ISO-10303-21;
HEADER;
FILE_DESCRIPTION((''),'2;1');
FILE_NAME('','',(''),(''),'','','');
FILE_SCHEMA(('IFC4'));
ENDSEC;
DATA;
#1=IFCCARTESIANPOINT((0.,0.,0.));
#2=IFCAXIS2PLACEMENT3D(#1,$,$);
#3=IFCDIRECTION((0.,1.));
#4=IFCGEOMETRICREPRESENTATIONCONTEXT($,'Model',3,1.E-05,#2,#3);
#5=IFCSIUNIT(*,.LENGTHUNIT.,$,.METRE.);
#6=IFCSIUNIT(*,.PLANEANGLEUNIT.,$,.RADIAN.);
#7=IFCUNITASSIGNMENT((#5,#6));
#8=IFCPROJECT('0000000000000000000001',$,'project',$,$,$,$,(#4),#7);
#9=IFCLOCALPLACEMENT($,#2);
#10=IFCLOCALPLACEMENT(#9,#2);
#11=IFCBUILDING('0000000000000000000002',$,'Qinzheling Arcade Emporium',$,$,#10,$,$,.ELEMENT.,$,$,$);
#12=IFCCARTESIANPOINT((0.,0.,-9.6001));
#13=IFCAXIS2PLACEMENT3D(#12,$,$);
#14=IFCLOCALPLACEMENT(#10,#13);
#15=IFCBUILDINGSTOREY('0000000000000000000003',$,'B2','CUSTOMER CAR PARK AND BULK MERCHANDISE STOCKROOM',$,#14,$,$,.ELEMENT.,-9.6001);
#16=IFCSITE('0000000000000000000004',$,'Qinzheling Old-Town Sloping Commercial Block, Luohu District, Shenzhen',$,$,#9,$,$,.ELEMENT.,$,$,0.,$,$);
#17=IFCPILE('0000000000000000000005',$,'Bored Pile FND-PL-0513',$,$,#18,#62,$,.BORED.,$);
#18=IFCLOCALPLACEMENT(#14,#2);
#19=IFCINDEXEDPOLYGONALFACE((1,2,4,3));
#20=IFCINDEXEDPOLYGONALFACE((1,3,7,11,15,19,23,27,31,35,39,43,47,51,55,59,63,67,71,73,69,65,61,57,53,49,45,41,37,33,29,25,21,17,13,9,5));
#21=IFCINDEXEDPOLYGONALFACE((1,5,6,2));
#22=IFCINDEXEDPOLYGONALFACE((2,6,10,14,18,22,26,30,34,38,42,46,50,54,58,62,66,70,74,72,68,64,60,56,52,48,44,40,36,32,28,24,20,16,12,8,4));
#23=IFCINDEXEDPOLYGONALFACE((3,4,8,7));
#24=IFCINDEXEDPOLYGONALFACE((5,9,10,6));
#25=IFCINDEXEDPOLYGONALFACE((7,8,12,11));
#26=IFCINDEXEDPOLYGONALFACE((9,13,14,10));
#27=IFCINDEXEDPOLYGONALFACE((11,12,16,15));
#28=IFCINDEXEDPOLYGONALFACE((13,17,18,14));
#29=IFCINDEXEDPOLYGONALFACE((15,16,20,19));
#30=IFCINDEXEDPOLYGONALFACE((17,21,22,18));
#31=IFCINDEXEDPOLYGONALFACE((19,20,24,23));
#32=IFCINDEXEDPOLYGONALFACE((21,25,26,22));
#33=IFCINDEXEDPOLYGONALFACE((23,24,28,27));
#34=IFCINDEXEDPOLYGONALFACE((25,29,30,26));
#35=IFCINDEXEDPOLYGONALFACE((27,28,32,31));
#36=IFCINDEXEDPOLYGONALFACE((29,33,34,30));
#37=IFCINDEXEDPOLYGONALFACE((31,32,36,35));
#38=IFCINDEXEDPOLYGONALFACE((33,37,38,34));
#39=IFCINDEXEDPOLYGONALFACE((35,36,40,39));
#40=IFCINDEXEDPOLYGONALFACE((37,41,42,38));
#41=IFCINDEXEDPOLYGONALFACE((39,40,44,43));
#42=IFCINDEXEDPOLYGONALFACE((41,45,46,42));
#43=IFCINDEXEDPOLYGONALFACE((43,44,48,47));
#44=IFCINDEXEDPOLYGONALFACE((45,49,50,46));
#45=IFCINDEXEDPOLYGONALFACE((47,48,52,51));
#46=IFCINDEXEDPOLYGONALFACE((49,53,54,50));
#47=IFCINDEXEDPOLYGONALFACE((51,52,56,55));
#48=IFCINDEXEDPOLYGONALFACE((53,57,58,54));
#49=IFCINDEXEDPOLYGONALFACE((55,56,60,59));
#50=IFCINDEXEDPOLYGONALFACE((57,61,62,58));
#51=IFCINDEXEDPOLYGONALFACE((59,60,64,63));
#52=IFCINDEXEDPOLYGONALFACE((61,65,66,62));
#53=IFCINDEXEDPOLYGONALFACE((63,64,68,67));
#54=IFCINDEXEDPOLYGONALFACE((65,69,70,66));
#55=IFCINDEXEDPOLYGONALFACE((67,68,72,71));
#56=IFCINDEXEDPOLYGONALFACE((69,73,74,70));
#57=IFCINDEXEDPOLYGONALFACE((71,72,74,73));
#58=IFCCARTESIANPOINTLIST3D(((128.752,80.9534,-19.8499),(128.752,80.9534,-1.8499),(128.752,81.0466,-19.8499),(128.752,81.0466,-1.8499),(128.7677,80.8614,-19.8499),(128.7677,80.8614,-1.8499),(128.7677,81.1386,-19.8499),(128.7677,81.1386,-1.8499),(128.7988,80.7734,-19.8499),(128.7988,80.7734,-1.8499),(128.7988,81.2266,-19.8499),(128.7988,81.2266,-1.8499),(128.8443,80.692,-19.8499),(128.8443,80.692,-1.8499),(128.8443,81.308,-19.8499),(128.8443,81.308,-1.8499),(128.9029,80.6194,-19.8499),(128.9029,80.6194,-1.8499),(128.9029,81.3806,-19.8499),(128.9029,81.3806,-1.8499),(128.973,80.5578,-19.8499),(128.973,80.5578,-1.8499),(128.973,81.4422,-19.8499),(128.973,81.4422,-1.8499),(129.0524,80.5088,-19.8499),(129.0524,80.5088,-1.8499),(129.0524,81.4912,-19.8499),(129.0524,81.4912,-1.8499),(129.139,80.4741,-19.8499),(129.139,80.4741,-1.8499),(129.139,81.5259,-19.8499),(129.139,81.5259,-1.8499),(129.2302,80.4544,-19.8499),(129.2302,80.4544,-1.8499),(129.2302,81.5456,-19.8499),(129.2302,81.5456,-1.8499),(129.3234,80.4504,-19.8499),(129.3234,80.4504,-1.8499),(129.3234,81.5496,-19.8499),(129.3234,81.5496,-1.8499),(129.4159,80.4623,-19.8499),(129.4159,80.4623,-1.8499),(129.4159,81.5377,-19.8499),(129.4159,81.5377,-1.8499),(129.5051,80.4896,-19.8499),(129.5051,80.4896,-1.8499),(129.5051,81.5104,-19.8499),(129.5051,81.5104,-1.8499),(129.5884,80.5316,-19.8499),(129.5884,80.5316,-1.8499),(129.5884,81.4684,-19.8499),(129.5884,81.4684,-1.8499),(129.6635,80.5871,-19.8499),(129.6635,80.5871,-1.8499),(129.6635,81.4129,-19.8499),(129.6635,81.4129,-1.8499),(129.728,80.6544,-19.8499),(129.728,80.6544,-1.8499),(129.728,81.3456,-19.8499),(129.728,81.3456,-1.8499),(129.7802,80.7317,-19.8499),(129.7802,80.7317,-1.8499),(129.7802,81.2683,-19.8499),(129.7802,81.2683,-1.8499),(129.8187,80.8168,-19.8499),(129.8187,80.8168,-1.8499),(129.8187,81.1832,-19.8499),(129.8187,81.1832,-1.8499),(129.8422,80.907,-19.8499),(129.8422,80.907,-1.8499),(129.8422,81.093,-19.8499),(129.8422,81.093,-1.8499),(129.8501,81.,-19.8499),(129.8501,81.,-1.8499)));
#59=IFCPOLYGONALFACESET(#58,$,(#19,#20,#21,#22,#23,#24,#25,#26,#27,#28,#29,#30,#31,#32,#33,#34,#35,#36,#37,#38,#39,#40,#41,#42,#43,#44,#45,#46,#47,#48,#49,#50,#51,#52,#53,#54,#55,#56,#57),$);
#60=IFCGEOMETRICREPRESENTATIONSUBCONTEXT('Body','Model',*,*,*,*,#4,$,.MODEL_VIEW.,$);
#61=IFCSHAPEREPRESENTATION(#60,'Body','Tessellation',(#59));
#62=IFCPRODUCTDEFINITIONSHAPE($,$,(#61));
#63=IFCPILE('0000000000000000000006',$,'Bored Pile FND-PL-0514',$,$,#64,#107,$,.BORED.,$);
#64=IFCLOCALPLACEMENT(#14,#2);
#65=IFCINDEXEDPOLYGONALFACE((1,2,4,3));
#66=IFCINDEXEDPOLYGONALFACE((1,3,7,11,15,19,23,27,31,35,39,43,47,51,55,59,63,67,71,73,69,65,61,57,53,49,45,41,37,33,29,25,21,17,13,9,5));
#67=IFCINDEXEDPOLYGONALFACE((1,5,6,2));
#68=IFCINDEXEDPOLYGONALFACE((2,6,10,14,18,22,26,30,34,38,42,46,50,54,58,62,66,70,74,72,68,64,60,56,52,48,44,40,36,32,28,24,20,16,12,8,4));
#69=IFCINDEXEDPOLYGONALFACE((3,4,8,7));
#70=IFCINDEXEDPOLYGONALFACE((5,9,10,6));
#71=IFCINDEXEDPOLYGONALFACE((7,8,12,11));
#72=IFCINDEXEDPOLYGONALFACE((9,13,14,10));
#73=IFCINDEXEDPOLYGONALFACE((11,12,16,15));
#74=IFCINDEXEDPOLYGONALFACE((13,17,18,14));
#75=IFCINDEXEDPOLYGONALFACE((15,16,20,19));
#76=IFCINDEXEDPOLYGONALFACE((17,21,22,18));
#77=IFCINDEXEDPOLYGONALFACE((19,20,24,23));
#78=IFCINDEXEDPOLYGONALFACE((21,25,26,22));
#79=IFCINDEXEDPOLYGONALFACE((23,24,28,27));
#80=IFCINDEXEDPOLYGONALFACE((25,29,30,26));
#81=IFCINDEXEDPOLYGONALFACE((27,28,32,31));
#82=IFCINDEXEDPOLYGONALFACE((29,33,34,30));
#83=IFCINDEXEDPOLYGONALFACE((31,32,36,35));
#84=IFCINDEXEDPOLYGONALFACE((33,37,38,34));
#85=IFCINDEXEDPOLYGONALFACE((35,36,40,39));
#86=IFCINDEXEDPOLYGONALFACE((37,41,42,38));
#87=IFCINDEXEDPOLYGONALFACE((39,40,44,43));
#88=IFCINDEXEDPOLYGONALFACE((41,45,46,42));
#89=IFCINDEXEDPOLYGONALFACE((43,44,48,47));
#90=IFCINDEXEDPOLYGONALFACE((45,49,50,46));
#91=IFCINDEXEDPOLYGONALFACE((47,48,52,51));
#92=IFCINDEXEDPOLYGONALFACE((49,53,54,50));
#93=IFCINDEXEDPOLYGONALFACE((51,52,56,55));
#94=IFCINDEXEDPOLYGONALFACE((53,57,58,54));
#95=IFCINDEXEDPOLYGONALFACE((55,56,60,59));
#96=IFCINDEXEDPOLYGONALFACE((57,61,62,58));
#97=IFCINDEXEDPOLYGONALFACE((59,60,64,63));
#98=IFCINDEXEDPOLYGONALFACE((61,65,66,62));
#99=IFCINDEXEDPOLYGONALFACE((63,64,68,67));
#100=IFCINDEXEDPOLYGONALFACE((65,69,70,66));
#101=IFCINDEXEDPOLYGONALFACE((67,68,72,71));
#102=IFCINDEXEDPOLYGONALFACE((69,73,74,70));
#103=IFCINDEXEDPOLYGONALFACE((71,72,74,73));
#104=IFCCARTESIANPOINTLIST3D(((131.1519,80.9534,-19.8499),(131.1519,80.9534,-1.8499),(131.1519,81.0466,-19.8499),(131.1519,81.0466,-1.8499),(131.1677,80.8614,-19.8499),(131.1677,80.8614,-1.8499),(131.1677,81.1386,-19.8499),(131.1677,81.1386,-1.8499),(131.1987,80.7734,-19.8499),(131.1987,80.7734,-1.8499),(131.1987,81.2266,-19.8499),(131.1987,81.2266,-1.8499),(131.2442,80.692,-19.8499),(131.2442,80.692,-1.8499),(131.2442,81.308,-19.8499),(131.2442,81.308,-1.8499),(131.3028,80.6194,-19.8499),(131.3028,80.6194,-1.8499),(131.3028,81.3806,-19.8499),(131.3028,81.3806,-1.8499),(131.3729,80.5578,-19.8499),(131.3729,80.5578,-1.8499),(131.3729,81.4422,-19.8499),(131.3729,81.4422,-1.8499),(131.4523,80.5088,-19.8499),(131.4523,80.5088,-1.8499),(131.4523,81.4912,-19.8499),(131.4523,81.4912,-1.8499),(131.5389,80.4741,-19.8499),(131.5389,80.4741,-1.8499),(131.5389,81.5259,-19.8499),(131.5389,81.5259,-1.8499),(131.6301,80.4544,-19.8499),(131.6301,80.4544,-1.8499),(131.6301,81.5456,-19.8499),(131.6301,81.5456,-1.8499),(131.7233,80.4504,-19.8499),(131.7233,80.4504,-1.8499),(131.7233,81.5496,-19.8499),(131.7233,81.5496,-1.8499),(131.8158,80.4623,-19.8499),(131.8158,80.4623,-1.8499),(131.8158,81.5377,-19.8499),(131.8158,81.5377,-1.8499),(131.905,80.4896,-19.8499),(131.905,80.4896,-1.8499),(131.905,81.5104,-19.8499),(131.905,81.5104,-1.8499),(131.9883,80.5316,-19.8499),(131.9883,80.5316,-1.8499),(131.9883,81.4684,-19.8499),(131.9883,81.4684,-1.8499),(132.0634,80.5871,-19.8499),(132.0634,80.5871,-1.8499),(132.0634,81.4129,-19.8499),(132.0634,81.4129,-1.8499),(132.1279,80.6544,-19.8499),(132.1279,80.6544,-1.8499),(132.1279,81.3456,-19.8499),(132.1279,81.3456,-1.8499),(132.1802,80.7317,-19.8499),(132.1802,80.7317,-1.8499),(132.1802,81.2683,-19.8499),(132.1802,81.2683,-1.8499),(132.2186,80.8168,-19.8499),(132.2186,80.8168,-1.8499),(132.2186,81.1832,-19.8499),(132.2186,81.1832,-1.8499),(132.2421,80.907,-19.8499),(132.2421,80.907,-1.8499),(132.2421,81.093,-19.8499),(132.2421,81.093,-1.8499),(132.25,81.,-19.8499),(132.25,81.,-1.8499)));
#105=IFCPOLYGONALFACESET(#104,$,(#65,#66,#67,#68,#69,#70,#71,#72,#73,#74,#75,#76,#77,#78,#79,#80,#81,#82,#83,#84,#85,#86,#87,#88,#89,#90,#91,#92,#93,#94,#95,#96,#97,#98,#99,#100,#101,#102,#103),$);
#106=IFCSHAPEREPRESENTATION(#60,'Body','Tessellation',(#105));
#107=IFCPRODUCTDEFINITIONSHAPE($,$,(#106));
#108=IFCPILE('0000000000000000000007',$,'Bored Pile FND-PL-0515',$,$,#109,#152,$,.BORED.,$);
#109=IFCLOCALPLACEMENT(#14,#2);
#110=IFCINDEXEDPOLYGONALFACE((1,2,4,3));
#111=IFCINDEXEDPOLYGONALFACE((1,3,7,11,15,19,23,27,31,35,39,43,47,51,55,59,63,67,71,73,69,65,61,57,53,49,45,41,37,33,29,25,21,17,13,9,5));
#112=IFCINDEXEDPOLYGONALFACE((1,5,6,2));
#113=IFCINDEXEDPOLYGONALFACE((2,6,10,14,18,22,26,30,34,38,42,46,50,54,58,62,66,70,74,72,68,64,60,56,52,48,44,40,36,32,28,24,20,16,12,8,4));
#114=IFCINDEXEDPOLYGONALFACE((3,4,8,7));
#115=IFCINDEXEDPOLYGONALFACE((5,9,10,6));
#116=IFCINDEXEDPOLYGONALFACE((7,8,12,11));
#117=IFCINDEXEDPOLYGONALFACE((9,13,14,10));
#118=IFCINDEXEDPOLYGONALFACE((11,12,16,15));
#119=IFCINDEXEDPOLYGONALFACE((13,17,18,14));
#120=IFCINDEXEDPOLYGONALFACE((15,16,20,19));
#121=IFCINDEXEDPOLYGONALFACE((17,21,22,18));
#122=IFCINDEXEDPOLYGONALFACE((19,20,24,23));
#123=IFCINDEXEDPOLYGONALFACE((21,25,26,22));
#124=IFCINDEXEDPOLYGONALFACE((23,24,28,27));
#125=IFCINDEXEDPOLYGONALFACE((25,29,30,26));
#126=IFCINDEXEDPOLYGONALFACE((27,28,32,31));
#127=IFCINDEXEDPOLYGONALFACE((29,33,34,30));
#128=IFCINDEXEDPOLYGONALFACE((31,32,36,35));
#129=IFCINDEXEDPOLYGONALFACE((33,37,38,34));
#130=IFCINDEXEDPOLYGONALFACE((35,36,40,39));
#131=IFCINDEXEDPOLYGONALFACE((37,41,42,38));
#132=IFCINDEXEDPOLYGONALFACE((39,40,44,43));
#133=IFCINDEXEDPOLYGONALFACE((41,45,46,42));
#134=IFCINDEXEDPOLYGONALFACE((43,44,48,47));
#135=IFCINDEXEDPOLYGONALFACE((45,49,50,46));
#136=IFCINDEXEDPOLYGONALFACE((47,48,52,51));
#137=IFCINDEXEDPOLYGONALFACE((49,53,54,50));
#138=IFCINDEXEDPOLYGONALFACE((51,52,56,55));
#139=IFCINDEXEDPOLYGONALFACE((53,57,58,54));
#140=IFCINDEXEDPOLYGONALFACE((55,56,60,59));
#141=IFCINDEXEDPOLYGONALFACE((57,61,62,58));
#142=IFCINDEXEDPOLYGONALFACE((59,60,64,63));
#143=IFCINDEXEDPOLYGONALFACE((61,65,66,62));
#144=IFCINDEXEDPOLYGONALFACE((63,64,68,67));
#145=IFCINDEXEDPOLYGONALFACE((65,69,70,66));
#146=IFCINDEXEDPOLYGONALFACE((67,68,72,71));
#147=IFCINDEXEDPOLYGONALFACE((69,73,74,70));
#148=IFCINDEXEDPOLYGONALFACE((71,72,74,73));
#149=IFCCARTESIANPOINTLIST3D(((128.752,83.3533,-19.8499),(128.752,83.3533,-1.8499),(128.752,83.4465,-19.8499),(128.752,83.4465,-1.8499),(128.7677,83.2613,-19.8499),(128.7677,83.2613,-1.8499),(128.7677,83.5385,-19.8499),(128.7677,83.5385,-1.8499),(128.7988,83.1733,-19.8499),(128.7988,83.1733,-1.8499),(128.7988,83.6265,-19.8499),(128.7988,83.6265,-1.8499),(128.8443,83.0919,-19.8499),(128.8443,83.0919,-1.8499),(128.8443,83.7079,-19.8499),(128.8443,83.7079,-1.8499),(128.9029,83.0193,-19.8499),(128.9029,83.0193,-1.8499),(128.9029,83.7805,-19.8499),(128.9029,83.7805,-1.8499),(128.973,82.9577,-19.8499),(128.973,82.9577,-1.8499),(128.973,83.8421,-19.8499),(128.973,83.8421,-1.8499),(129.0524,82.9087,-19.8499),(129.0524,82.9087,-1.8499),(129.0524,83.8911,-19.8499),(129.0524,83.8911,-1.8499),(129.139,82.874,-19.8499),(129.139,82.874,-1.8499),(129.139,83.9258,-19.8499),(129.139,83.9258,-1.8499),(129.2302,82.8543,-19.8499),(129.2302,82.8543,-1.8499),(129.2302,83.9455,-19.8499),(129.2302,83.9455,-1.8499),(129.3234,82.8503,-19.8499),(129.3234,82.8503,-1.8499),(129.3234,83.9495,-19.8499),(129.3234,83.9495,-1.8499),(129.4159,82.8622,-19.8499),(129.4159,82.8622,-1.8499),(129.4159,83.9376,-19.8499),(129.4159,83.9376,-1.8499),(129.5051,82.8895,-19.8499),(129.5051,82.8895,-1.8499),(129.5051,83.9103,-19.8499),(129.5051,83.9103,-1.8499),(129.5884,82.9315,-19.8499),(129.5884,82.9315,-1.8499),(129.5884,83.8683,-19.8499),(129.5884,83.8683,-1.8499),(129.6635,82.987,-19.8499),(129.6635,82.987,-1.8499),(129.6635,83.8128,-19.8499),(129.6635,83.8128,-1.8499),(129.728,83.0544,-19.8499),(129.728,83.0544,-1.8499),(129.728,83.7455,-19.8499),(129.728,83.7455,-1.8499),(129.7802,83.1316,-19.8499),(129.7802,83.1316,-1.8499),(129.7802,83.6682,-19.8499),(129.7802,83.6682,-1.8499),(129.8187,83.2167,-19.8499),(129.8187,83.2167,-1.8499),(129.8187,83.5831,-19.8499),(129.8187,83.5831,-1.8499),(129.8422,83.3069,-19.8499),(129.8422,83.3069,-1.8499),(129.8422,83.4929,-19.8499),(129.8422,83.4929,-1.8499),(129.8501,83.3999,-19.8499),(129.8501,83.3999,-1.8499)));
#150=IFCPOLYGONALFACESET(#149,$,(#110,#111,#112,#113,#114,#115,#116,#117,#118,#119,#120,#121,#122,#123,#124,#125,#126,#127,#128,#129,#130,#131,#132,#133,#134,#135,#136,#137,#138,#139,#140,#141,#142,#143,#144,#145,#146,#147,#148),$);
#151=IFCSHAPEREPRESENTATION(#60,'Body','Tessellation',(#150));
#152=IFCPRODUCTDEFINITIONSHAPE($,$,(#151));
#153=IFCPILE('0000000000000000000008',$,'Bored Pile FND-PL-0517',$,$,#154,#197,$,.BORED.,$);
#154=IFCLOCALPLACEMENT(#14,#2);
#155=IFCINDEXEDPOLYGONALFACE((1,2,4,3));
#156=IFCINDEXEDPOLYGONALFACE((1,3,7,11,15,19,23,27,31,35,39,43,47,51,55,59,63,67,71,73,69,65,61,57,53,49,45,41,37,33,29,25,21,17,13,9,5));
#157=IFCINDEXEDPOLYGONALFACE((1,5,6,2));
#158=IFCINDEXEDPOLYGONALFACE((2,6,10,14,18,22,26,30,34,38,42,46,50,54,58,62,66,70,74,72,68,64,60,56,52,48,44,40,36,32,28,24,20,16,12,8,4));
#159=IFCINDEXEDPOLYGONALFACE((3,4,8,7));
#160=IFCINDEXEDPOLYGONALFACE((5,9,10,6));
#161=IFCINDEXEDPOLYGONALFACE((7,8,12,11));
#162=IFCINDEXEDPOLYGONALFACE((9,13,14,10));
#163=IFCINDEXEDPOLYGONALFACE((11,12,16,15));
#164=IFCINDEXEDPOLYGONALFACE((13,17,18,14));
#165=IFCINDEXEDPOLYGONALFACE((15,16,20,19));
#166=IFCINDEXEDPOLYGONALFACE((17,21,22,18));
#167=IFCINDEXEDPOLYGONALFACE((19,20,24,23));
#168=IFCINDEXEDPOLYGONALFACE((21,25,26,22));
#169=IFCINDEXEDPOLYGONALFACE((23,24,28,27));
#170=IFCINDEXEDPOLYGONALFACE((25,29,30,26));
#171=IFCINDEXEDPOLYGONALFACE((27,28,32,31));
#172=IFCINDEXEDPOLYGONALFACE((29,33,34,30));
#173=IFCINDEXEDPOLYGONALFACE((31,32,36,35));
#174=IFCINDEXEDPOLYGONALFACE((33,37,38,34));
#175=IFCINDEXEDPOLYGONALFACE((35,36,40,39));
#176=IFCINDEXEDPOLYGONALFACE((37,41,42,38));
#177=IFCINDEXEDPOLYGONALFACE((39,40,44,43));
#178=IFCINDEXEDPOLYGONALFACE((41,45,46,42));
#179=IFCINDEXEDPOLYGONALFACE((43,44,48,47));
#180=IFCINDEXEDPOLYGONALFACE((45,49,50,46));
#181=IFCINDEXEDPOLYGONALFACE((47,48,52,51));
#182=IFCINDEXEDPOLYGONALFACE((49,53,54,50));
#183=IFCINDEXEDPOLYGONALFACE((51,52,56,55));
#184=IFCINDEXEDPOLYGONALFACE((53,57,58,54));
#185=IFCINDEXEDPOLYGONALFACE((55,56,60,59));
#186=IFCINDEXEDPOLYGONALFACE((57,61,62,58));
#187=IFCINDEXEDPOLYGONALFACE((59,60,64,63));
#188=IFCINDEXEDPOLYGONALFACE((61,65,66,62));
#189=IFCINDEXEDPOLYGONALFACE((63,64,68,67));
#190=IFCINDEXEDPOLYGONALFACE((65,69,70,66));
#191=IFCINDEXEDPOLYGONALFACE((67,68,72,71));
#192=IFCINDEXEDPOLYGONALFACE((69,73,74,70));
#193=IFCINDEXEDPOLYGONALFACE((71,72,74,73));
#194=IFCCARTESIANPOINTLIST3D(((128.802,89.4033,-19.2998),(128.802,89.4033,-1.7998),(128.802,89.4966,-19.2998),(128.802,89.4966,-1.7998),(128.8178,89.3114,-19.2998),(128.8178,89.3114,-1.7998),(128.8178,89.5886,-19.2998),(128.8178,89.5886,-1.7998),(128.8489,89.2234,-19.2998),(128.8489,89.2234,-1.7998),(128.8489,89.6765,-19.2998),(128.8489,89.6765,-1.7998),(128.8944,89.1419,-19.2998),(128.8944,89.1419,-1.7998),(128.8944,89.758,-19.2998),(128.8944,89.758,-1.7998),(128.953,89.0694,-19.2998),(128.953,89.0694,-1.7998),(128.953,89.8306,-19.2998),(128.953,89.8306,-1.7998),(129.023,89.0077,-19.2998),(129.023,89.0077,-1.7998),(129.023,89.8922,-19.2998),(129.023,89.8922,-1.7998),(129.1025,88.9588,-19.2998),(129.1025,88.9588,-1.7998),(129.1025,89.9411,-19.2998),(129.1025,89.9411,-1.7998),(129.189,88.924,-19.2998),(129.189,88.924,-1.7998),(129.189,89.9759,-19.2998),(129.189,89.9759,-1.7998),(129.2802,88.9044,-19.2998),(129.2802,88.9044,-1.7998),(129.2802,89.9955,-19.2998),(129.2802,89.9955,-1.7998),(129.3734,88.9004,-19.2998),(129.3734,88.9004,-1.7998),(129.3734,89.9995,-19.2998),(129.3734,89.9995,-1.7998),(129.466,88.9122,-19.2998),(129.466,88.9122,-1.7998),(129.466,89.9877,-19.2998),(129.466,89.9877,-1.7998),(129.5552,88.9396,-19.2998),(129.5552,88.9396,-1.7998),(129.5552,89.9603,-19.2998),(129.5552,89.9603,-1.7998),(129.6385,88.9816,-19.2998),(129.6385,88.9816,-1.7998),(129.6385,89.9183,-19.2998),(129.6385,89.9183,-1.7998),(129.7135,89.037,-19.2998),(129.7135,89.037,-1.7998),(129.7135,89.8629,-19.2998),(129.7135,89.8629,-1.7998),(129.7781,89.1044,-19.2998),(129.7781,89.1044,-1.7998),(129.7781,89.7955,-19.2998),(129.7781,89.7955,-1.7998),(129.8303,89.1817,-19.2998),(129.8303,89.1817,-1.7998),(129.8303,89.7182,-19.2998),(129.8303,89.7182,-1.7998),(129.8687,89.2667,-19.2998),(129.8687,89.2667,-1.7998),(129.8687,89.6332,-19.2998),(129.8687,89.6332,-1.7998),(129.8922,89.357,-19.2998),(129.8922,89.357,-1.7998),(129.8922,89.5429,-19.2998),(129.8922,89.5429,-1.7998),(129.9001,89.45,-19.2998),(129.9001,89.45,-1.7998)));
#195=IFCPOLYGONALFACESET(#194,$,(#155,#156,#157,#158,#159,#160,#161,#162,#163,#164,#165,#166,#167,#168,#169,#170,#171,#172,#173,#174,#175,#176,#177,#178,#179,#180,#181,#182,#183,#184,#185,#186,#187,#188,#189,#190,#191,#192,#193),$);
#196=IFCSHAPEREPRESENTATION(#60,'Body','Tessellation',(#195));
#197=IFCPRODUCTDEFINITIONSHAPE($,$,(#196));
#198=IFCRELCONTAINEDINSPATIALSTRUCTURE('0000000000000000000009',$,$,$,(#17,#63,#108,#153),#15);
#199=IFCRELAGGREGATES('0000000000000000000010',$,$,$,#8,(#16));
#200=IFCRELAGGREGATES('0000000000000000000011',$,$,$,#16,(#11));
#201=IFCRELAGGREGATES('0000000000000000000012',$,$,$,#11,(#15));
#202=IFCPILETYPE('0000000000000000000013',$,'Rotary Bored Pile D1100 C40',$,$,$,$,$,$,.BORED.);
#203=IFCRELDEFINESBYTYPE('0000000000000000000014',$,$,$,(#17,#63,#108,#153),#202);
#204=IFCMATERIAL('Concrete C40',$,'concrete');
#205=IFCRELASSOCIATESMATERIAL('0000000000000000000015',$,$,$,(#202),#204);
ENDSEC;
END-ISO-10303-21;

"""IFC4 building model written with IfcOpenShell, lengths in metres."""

from ifc_helpers import new_model, si_unit, direction, frame, origin, origin_2d, place, context, subcontext, project, spatial, circle, extrude, material, material_profile, profile_set, type_object, element, save


model = new_model("IFC4")

# Units and contexts
model_context = context("Model", 3, precision=1e-05, world=origin(), true_north=direction((0.0, 1.0)))
body_context = subcontext(model_context, "Body", "Model", "MODEL_VIEW")
ifc_project = project(units=[si_unit("LENGTHUNIT", "METRE"), si_unit("PLANEANGLEUNIT", "RADIAN")], contexts=[model_context])

# Site, building, storey
site_placement = place(None, origin())
site = spatial("IfcSite", under=ifc_project, at=site_placement, Name="Qinzheling Old-Town Sloping Commercial Block, Luohu District, Shenzhen", CompositionType="ELEMENT", RefElevation=0.0)
building_placement = place(site_placement, origin())
building = spatial("IfcBuilding", under=site, at=building_placement, Name="Qinzheling Arcade Emporium", CompositionType="ELEMENT")
storey_placement = place(building_placement, frame((0.0, 0.0, -9.6001)))
storey = spatial("IfcBuildingStorey", under=building, at=storey_placement, Name="B2", Description="CUSTOMER CAR PARK AND BULK MERCHANDISE STOCKROOM", CompositionType="ELEMENT", Elevation=-9.6001)

# Shared definitions
ifc_material_1 = material(Name="Concrete C40", Category="concrete")

# Piles
ifc_material_profile_1 = material_profile(ifc_material_1, circle(Radius=0.55, at=origin_2d()), Name="BORED D1100", Category="concrete")
ifc_profile_set_1 = profile_set([ifc_material_profile_1], Name="Concrete C40")
pile_type_1 = type_object("IfcPileType", Name="Rotary Bored Pile D1100 C40", PredefinedType="BORED", material=ifc_profile_set_1)
for number, where, z_axis, x_axis, name in (
    (1, (129.3, 81.0, -1.8499), (0.0, 0.0, -1.0), (1.0, 0.0, 0.0), "Bored Pile FND-PL-0513"),
    (2, (131.7, 81.0, -1.8499), (0.0, 0.0, -1.0), (1.0, 0.0, 0.0), "Bored Pile FND-PL-0514"),
    (3, (129.3, 83.3999, -1.8499), (0.0, 0.0, -1.0), (1.0, 0.0, 0.0), "Bored Pile FND-PL-0515"),
):
    element("IfcPile", number, at=place(storey_placement, frame(where, z_axis=z_axis, x_axis=x_axis)), inside=storey, type_object=pile_type_1, Name=name, PredefinedType="BORED", context=body_context, shape_type="SweptSolid", body=[
        extrude(circle(Radius=0.55, at=origin_2d()), origin(), (0.0, 0.0, 1.0), 18.0),
    ])
for number, where, z_axis, x_axis, name in (
    (4, (129.3501, 89.45, -1.7998), (0.0, 0.0, -1.0), (1.0, 0.0, 0.0), "Bored Pile FND-PL-0517"),
):
    element("IfcPile", number, at=place(storey_placement, frame(where, z_axis=z_axis, x_axis=x_axis)), inside=storey, type_object=pile_type_1, Name=name, PredefinedType="BORED", context=body_context, shape_type="SweptSolid", body=[
        extrude(circle(Radius=0.55, at=origin_2d()), origin(), (0.0, 0.0, 1.0), 17.5),
    ])

save(model, "model.ifc")
